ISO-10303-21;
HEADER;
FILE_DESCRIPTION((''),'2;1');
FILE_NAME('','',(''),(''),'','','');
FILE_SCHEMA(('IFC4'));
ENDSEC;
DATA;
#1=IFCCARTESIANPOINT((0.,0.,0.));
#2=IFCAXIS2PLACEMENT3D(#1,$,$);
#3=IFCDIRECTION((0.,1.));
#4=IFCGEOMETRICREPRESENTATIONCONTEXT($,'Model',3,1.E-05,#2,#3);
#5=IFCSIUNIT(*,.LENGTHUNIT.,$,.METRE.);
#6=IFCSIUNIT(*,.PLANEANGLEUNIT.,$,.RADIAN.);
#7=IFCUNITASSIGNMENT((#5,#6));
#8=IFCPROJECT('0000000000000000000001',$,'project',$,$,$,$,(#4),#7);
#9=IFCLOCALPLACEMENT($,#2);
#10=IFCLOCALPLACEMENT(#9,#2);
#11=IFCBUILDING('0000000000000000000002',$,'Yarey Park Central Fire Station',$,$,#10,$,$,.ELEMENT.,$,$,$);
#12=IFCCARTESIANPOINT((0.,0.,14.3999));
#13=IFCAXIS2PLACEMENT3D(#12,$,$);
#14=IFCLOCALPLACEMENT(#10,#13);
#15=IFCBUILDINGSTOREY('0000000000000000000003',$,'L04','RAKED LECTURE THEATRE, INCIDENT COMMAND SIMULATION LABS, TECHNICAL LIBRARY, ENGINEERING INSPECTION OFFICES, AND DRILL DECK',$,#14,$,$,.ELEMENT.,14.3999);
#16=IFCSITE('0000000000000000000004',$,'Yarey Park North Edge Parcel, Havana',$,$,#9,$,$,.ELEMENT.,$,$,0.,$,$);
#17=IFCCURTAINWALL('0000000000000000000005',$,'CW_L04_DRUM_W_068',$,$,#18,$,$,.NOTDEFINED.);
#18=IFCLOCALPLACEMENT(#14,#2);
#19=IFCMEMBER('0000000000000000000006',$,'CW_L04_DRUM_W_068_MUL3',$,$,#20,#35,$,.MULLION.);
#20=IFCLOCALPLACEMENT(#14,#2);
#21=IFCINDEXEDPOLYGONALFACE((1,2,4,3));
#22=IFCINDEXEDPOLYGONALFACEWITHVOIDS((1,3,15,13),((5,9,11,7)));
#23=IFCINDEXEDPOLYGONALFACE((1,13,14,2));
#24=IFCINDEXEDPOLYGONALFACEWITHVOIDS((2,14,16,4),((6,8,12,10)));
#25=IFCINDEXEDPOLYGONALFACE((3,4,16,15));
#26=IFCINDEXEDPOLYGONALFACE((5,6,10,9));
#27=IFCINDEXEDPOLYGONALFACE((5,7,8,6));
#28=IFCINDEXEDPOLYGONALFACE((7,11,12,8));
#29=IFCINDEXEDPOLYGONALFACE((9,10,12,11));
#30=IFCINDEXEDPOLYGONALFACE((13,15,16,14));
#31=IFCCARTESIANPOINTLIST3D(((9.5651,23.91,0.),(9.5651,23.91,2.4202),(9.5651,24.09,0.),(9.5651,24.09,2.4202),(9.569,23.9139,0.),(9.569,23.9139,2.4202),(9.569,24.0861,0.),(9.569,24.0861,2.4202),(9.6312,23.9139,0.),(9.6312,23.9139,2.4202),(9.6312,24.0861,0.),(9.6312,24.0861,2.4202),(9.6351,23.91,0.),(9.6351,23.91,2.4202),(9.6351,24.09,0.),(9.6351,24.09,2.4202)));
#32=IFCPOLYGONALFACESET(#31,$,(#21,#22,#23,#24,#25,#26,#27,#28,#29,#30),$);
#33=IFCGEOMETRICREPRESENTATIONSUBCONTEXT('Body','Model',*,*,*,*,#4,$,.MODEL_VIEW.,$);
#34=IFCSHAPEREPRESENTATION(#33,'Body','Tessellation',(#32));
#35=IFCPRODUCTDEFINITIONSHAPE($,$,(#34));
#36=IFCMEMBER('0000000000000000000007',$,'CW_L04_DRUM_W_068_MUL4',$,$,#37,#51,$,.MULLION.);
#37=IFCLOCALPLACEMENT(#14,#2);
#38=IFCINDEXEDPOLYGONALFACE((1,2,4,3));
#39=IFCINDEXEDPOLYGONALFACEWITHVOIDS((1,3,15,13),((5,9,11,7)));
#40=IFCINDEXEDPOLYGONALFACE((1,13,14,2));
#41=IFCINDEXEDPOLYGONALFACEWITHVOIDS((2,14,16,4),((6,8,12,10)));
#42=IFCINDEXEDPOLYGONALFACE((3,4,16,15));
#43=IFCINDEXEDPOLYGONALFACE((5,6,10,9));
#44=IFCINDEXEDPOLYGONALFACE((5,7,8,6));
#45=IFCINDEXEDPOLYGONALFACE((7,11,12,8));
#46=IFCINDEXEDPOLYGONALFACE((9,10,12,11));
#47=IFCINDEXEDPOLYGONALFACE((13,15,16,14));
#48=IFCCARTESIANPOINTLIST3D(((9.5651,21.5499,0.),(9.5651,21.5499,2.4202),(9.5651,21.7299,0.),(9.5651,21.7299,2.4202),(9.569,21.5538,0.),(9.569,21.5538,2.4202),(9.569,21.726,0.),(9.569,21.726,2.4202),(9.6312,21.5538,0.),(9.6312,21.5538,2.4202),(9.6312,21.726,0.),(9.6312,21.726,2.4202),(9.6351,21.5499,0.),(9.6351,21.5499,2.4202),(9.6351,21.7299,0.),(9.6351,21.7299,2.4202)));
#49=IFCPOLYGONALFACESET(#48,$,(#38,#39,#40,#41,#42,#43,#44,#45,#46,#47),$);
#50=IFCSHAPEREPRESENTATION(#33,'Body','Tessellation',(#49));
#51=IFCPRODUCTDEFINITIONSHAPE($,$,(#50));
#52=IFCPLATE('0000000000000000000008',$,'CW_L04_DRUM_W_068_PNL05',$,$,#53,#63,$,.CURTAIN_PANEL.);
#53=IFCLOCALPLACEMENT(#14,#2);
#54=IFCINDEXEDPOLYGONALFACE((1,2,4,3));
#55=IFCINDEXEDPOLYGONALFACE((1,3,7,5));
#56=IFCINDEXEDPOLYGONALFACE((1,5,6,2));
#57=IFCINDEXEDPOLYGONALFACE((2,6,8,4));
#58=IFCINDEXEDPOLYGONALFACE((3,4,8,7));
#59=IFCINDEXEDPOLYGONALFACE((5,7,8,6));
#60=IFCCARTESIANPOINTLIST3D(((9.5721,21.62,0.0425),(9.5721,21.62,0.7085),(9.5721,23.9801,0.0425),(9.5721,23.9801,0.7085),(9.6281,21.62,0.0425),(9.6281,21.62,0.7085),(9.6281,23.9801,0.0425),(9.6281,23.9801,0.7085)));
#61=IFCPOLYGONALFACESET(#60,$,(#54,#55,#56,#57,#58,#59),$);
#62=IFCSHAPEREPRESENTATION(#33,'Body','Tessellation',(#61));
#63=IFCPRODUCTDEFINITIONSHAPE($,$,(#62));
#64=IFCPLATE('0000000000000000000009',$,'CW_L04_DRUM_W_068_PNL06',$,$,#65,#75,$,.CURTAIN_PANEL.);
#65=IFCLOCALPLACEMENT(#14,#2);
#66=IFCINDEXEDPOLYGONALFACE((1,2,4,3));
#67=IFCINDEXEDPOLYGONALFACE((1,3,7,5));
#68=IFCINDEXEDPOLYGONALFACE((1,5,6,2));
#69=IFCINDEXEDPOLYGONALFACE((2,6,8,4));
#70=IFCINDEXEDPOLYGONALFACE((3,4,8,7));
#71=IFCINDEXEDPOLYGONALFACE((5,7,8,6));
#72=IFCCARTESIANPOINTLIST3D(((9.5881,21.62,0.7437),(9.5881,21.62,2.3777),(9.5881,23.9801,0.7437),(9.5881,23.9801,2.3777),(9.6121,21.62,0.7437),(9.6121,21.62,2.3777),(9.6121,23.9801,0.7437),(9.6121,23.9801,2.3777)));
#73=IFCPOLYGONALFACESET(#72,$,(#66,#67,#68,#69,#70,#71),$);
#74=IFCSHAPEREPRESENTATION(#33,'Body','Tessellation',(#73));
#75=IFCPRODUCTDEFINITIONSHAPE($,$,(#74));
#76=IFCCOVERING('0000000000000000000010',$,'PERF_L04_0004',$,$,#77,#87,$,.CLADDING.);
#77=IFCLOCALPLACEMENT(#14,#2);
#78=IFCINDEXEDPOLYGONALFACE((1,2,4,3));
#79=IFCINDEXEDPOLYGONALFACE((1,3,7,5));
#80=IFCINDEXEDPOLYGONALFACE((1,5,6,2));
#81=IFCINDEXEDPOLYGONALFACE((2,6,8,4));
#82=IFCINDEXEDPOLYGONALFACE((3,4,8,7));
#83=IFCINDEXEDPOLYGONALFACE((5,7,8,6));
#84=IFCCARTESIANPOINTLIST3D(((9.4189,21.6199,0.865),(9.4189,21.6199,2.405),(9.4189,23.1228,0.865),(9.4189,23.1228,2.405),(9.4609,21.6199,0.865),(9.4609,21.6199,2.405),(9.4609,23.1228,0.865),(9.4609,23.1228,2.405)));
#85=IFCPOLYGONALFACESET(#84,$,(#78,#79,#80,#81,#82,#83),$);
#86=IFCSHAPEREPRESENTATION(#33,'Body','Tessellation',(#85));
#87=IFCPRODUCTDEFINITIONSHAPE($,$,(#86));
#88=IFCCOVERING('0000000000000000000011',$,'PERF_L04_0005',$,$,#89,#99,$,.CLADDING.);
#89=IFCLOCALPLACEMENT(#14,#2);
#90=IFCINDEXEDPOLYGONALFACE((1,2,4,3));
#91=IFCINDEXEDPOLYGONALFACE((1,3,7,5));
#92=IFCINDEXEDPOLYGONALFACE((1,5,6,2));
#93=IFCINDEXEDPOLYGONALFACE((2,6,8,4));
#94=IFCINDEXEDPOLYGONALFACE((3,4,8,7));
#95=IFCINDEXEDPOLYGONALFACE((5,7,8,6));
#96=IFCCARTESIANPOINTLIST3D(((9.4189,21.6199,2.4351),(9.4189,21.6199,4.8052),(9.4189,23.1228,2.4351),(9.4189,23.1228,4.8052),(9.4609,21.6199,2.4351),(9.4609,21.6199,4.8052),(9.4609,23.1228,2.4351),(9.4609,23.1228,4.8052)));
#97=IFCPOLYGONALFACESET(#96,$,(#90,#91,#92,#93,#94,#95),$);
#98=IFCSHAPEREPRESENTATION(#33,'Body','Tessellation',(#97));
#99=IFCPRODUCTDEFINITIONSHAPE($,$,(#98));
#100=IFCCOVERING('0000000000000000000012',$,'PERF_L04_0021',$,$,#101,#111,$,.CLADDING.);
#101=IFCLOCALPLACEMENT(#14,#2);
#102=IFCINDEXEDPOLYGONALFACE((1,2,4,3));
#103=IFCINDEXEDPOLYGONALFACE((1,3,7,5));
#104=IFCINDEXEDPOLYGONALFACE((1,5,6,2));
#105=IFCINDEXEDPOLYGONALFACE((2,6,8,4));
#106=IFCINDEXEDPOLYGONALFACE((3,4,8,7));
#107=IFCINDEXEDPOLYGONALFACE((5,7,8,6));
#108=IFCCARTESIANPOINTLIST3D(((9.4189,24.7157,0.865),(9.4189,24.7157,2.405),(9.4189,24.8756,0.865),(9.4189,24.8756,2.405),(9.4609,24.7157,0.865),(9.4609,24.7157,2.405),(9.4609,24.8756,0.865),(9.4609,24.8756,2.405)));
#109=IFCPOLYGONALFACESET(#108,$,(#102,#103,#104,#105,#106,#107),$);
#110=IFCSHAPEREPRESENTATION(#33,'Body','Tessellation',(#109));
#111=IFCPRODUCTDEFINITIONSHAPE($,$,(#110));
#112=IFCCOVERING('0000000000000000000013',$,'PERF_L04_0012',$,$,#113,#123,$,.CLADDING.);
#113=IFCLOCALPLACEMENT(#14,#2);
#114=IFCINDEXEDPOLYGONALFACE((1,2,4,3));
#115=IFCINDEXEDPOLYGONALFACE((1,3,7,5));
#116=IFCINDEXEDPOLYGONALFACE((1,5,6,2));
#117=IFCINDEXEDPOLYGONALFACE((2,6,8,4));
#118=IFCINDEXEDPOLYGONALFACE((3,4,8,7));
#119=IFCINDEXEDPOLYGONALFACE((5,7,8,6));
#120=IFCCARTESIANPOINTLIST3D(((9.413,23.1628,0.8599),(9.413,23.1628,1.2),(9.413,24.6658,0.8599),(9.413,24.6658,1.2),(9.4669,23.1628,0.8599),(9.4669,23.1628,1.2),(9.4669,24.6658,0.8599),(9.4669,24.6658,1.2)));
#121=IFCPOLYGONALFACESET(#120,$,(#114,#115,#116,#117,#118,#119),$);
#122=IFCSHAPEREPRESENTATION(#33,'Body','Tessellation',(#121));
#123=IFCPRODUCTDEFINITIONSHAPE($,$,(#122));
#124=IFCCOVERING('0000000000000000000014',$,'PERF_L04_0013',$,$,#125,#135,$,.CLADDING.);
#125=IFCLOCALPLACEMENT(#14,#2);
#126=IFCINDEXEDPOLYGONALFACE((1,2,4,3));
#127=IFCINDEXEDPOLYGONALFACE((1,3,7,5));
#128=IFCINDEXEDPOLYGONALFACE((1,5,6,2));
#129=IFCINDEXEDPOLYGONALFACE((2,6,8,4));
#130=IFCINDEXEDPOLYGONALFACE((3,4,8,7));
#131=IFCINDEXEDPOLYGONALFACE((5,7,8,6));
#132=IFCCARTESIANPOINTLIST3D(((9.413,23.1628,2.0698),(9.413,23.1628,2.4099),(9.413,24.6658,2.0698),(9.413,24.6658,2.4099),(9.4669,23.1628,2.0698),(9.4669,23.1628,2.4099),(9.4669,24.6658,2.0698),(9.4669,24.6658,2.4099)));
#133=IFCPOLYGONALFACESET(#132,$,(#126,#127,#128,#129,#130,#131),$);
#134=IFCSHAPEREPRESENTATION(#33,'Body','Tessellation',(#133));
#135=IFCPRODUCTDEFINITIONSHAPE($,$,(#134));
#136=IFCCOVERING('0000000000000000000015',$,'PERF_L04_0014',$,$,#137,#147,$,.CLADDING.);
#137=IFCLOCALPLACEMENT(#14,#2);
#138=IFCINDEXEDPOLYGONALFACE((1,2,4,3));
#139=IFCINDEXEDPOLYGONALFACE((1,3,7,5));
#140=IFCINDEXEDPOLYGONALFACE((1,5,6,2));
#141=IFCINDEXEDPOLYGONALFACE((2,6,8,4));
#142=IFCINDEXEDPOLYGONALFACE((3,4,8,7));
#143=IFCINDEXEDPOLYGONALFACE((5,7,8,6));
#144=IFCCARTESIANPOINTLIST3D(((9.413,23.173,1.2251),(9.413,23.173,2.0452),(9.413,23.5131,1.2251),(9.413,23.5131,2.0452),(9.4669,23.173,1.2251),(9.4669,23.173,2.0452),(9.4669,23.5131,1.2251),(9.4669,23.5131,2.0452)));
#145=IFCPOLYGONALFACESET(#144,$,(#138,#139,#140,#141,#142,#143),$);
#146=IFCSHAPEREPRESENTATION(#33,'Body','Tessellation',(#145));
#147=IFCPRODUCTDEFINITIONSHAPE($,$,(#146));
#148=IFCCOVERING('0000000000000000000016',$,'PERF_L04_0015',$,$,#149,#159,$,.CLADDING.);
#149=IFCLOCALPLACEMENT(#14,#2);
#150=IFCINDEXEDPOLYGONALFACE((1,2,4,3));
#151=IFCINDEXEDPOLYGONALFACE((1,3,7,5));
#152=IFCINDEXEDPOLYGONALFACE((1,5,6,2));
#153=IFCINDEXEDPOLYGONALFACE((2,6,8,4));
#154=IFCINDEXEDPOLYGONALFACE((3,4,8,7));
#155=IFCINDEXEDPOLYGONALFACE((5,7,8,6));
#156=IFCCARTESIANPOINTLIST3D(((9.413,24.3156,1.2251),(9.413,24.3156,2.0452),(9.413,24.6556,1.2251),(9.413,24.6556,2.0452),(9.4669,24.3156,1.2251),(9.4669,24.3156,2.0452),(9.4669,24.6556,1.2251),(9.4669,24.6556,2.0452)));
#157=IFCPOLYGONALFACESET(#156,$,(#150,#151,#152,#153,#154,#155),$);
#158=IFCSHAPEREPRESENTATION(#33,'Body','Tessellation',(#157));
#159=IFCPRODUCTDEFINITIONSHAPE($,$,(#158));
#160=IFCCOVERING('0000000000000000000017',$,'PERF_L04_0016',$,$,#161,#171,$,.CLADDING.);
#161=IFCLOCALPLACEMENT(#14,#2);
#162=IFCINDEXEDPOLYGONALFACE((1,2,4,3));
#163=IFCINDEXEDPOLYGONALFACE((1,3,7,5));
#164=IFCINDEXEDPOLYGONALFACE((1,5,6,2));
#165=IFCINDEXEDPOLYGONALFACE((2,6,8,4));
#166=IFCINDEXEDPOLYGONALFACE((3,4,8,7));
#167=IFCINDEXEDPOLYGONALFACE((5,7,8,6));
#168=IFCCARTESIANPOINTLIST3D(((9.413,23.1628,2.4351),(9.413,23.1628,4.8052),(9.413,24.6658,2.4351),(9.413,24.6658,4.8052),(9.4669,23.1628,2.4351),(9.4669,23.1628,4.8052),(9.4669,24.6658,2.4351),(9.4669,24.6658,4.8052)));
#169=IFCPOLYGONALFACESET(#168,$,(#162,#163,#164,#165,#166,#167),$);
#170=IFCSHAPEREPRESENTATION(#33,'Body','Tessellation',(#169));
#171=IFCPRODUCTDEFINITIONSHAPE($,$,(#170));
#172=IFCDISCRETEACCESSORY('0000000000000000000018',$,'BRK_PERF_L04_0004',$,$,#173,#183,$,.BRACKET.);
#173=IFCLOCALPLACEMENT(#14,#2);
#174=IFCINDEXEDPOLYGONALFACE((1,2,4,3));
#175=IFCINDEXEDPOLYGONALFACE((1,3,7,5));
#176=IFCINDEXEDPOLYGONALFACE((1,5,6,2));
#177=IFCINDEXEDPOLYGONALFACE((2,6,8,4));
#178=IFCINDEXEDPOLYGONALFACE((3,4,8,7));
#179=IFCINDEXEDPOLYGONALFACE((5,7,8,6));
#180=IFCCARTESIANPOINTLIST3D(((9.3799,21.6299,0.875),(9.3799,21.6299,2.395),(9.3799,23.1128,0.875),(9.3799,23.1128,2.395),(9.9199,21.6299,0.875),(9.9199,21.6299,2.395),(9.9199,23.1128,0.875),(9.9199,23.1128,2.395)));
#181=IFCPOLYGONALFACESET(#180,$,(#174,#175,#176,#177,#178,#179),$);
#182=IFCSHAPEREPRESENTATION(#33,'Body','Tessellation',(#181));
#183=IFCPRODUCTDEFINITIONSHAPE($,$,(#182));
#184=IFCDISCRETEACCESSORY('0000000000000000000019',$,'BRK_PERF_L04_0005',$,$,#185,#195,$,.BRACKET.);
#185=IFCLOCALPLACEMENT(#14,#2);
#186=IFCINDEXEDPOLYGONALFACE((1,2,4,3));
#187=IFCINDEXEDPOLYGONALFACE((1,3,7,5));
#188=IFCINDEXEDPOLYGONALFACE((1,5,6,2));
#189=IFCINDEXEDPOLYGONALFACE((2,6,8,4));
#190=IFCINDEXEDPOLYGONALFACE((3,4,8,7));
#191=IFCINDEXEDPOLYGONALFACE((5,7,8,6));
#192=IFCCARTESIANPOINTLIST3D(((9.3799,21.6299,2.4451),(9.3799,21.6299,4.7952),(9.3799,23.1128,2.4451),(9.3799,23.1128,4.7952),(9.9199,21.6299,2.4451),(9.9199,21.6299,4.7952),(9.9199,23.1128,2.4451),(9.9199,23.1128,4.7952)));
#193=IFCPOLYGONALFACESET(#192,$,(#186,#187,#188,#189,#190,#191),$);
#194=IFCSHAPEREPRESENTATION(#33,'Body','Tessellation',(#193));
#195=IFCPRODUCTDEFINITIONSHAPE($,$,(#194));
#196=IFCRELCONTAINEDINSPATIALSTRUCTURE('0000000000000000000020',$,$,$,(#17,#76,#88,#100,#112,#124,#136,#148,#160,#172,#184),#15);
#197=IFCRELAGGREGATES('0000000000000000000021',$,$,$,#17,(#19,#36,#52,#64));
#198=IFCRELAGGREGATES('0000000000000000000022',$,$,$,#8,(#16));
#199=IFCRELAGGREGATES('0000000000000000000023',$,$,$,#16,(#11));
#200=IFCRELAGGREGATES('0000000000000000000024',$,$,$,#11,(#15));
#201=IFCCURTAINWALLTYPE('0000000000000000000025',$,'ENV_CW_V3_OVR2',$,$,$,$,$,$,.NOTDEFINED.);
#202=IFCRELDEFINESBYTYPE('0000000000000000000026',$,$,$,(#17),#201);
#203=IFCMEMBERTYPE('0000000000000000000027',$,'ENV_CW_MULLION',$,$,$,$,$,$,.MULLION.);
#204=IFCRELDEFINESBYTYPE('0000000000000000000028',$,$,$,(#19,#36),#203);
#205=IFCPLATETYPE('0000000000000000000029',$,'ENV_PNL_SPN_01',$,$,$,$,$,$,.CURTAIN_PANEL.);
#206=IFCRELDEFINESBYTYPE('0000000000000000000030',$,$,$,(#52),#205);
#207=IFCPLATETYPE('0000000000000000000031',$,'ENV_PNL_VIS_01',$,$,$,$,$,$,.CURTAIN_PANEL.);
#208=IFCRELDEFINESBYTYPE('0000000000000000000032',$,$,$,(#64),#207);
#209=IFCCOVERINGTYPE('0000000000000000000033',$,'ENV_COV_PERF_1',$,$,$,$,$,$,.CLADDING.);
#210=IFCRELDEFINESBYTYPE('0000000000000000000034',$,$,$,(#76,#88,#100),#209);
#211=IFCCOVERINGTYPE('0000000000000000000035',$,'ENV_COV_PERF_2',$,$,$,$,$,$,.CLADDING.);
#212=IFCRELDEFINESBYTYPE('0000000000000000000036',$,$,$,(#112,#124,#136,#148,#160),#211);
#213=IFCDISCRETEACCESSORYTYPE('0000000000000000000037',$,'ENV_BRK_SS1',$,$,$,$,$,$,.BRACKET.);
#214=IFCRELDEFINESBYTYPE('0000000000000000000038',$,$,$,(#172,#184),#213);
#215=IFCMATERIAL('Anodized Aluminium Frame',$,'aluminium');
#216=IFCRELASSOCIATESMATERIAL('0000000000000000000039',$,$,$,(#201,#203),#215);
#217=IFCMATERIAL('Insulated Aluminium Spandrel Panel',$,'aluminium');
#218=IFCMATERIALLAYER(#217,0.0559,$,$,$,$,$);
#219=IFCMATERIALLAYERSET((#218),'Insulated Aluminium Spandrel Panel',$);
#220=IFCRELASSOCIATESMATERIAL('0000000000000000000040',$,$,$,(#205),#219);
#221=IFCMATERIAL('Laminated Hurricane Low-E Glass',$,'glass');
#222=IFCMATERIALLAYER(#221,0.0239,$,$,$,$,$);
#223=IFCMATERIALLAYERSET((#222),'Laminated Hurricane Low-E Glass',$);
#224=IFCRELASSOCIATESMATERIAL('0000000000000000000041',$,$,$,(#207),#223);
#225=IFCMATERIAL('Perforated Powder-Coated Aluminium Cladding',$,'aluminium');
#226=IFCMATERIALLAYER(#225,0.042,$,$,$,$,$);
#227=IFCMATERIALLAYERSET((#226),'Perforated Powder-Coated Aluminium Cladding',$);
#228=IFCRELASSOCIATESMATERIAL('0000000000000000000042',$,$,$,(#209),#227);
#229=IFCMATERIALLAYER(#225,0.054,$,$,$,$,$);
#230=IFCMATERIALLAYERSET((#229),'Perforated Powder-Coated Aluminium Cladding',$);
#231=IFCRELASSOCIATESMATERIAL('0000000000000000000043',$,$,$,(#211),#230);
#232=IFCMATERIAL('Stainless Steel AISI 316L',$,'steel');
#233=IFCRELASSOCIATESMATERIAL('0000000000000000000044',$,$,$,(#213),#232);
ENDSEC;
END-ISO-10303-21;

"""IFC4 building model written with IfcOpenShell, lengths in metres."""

from ifc_helpers import new_model, si_unit, direction, frame, origin, origin_2d, place, context, subcontext, project, spatial, rectangle, hollow_rectangle, extrude, material, layer, layer_set, material_profile, profile_set, type_object, element, aggregate, save


model = new_model("IFC4")

# Units and contexts
model_context = context("Model", 3, precision=1e-05, world=origin(), true_north=direction((0.0, 1.0)))
body_context = subcontext(model_context, "Body", "Model", "MODEL_VIEW")
ifc_project = project(units=[si_unit("LENGTHUNIT", "METRE"), si_unit("PLANEANGLEUNIT", "RADIAN")], contexts=[model_context])

# Site, building, storey
site_placement = place(None, origin())
site = spatial("IfcSite", under=ifc_project, at=site_placement, Name="Yarey Park North Edge Parcel, Havana", CompositionType="ELEMENT", RefElevation=0.0)
building_placement = place(site_placement, origin())
building = spatial("IfcBuilding", under=site, at=building_placement, Name="Yarey Park Central Fire Station", CompositionType="ELEMENT")
storey_placement = place(building_placement, frame((0.0, 0.0, 14.3999)))
storey = spatial("IfcBuildingStorey", under=building, at=storey_placement, Name="L04", Description="RAKED LECTURE THEATRE, INCIDENT COMMAND SIMULATION LABS, TECHNICAL LIBRARY, ENGINEERING INSPECTION OFFICES, AND DRILL DECK", CompositionType="ELEMENT", Elevation=14.3999)

# Curtain wall, members, plates
ifc_material_1 = material(Name="Anodized Aluminium Frame", Category="aluminium")
curtain_wall_type = type_object("IfcCurtainWallType", Name="ENV_CW_V3_OVR2", PredefinedType="NOTDEFINED", material=ifc_material_1)
curtain_wall_placement = place(storey_placement, origin())
curtain_wall = element("IfcCurtainWall", 1, at=curtain_wall_placement, inside=storey, type_object=curtain_wall_type, Name="CW_L04_DRUM_W_068", PredefinedType="NOTDEFINED")
ifc_material_profile = material_profile(ifc_material_1, hollow_rectangle(XDim=0.0701, YDim=0.1799, WallThickness=0.0039, at=origin_2d()), Name="ALU 180x70x4")
ifc_profile_set = profile_set([ifc_material_profile], Name="Anodized Aluminium Frame")
member_type = type_object("IfcMemberType", Name="ENV_CW_MULLION", PredefinedType="MULLION", material=ifc_profile_set)
member_1_placement = place(storey_placement, frame((9.6001, 24.0, 0.0), z_axis=(0.0, 0.0, 1.0), x_axis=(1.0, 0.0, 0.0)))
member_1 = element("IfcMember", 2, at=member_1_placement, type_object=member_type, Name="CW_L04_DRUM_W_068_MUL3", PredefinedType="MULLION", context=body_context, shape_type="SweptSolid", body=[
    extrude(hollow_rectangle(XDim=0.0701, YDim=0.1799, WallThickness=0.0039, at=origin_2d()), origin(), (0.0, 0.0, 1.0), 2.4202),
])
member_2_placement = place(storey_placement, frame((9.6001, 21.6399, 0.0), z_axis=(0.0, 0.0, 1.0), x_axis=(1.0, 0.0, 0.0)))
member_2 = element("IfcMember", 3, at=member_2_placement, type_object=member_type, Name="CW_L04_DRUM_W_068_MUL4", PredefinedType="MULLION", context=body_context, shape_type="SweptSolid", body=[
    extrude(hollow_rectangle(XDim=0.0701, YDim=0.1799, WallThickness=0.0039, at=origin_2d()), origin(), (0.0, 0.0, 1.0), 2.4202),
])
ifc_material_2 = material(Name="Insulated Aluminium Spandrel Panel", Category="aluminium")
ifc_layer_1 = layer(ifc_material_2, 0.0559)
ifc_layer_set_1 = layer_set([ifc_layer_1], Name="Insulated Aluminium Spandrel Panel")
plate_type_1 = type_object("IfcPlateType", Name="ENV_PNL_SPN_01", PredefinedType="CURTAIN_PANEL", material=ifc_layer_set_1)
plate_1_placement = place(storey_placement, frame((9.6001, 22.8, 0.0425), z_axis=(0.0, 0.0, 1.0), x_axis=(0.0, -1.0, 0.0)))
plate_1 = element("IfcPlate", 4, at=plate_1_placement, type_object=plate_type_1, Name="CW_L04_DRUM_W_068_PNL05", PredefinedType="CURTAIN_PANEL", context=body_context, shape_type="SweptSolid", body=[
    extrude(rectangle(XDim=2.3601, YDim=0.0559, at=origin_2d()), origin(), (0.0, 0.0, 1.0), 0.666),
])
ifc_material_3 = material(Name="Laminated Hurricane Low-E Glass", Category="glass")
ifc_layer_2 = layer(ifc_material_3, 0.0239)
ifc_layer_set_2 = layer_set([ifc_layer_2], Name="Laminated Hurricane Low-E Glass")
plate_type_2 = type_object("IfcPlateType", Name="ENV_PNL_VIS_01", PredefinedType="CURTAIN_PANEL", material=ifc_layer_set_2)
plate_2_placement = place(storey_placement, frame((9.6001, 22.8, 0.7437), z_axis=(0.0, 0.0, 1.0), x_axis=(0.0, -1.0, 0.0)))
plate_2 = element("IfcPlate", 5, at=plate_2_placement, type_object=plate_type_2, Name="CW_L04_DRUM_W_068_PNL06", PredefinedType="CURTAIN_PANEL", context=body_context, shape_type="SweptSolid", body=[
    extrude(rectangle(XDim=2.3601, YDim=0.0239, at=origin_2d()), origin(), (0.0, 0.0, 1.0), 1.634),
])
aggregate(curtain_wall, [member_1, member_2, plate_1, plate_2])

# Coverings
ifc_material_4 = material(Name="Perforated Powder-Coated Aluminium Cladding", Category="aluminium")
ifc_layer_3 = layer(ifc_material_4, 0.042)
ifc_layer_set_3 = layer_set([ifc_layer_3], Name="Perforated Powder-Coated Aluminium Cladding")
covering_type_1 = type_object("IfcCoveringType", Name="ENV_COV_PERF_1", PredefinedType="CLADDING", material=ifc_layer_set_3)
covering_1_placement = place(storey_placement, frame((9.4399, 22.3713, 0.865), z_axis=(0.0, 0.0, 1.0), x_axis=(0.0, 1.0, 0.0)))
element("IfcCovering", 6, at=covering_1_placement, inside=storey, type_object=covering_type_1, Name="PERF_L04_0004", PredefinedType="CLADDING", context=body_context, shape_type="SweptSolid", body=[
    extrude(rectangle(XDim=1.5029, YDim=0.042, at=origin_2d()), origin(), (0.0, 0.0, 1.0), 1.54),
])
covering_2_placement = place(storey_placement, frame((9.4399, 22.3713, 2.4351), z_axis=(0.0, 0.0, 1.0), x_axis=(0.0, 1.0, 0.0)))
element("IfcCovering", 7, at=covering_2_placement, inside=storey, type_object=covering_type_1, Name="PERF_L04_0005", PredefinedType="CLADDING", context=body_context, shape_type="SweptSolid", body=[
    extrude(rectangle(XDim=1.5029, YDim=0.042, at=origin_2d()), origin(), (0.0, 0.0, 1.0), 2.3701),
])
covering_3_placement = place(storey_placement, frame((9.4399, 24.7957, 0.865), z_axis=(0.0, 0.0, 1.0), x_axis=(0.0, 1.0, 0.0)))
element("IfcCovering", 8, at=covering_3_placement, inside=storey, type_object=covering_type_1, Name="PERF_L04_0021", PredefinedType="CLADDING", context=body_context, shape_type="SweptSolid", body=[
    extrude(rectangle(XDim=0.1599, YDim=0.042, at=origin_2d()), origin(), (0.0, 0.0, 1.0), 1.54),
])
ifc_layer_4 = layer(ifc_material_4, 0.054)
ifc_layer_set_4 = layer_set([ifc_layer_4], Name="Perforated Powder-Coated Aluminium Cladding")
covering_type_2 = type_object("IfcCoveringType", Name="ENV_COV_PERF_2", PredefinedType="CLADDING", material=ifc_layer_set_4)
for number, where, z_axis, x_axis, name in (
    (9, (9.4399, 23.9143, 0.8599), (0.0, 0.0, 1.0), (0.0, 1.0, 0.0), "PERF_L04_0012"),
    (10, (9.4399, 23.9143, 2.0698), (0.0, 0.0, 1.0), (0.0, 1.0, 0.0), "PERF_L04_0013"),
):
    element("IfcCovering", number, at=place(storey_placement, frame(where, z_axis=z_axis, x_axis=x_axis)), inside=storey, type_object=covering_type_2, Name=name, PredefinedType="CLADDING", context=body_context, shape_type="SweptSolid", body=[
        extrude(rectangle(XDim=1.5029, YDim=0.054, at=origin_2d()), origin(), (0.0, 0.0, 1.0), 0.3401),
    ])
for number, where, z_axis, x_axis, name in (
    (11, (9.4399, 23.343, 1.2251), (0.0, 0.0, 1.0), (0.0, 1.0, 0.0), "PERF_L04_0014"),
    (12, (9.4399, 24.4856, 1.2251), (0.0, 0.0, 1.0), (0.0, 1.0, 0.0), "PERF_L04_0015"),
):
    element("IfcCovering", number, at=place(storey_placement, frame(where, z_axis=z_axis, x_axis=x_axis)), inside=storey, type_object=covering_type_2, Name=name, PredefinedType="CLADDING", context=body_context, shape_type="SweptSolid", body=[
        extrude(rectangle(XDim=0.3401, YDim=0.054, at=origin_2d()), origin(), (0.0, 0.0, 1.0), 0.8201),
    ])
covering_4_placement = place(storey_placement, frame((9.4399, 23.9143, 2.4351), z_axis=(0.0, 0.0, 1.0), x_axis=(0.0, 1.0, 0.0)))
element("IfcCovering", 13, at=covering_4_placement, inside=storey, type_object=covering_type_2, Name="PERF_L04_0016", PredefinedType="CLADDING", context=body_context, shape_type="SweptSolid", body=[
    extrude(rectangle(XDim=1.5029, YDim=0.054, at=origin_2d()), origin(), (0.0, 0.0, 1.0), 2.3701),
])

# Discrete accessories
ifc_material_5 = material(Name="Stainless Steel AISI 316L", Category="steel")
discrete_accessory_type = type_object("IfcDiscreteAccessoryType", Name="ENV_BRK_SS1", PredefinedType="BRACKET", material=ifc_material_5)
discrete_accessory_1_placement = place(storey_placement, frame((9.6499, 22.3713, 0.875), z_axis=(0.0, 0.0, 1.0), x_axis=(1.0, 0.0, 0.0)))
element("IfcDiscreteAccessory", 14, at=discrete_accessory_1_placement, inside=storey, type_object=discrete_accessory_type, Name="BRK_PERF_L04_0004", PredefinedType="BRACKET", context=body_context, shape_type="SweptSolid", body=[
    extrude(rectangle(XDim=0.54, YDim=1.4829, at=origin_2d()), origin(), (0.0, 0.0, 1.0), 1.52),
])
discrete_accessory_2_placement = place(storey_placement, frame((9.6499, 22.3713, 2.4451), z_axis=(0.0, 0.0, 1.0), x_axis=(1.0, 0.0, 0.0)))
element("IfcDiscreteAccessory", 15, at=discrete_accessory_2_placement, inside=storey, type_object=discrete_accessory_type, Name="BRK_PERF_L04_0005", PredefinedType="BRACKET", context=body_context, shape_type="SweptSolid", body=[
    extrude(rectangle(XDim=0.54, YDim=1.4829, at=origin_2d()), origin(), (0.0, 0.0, 1.0), 2.3501),
])

save(model, "model.ifc")
